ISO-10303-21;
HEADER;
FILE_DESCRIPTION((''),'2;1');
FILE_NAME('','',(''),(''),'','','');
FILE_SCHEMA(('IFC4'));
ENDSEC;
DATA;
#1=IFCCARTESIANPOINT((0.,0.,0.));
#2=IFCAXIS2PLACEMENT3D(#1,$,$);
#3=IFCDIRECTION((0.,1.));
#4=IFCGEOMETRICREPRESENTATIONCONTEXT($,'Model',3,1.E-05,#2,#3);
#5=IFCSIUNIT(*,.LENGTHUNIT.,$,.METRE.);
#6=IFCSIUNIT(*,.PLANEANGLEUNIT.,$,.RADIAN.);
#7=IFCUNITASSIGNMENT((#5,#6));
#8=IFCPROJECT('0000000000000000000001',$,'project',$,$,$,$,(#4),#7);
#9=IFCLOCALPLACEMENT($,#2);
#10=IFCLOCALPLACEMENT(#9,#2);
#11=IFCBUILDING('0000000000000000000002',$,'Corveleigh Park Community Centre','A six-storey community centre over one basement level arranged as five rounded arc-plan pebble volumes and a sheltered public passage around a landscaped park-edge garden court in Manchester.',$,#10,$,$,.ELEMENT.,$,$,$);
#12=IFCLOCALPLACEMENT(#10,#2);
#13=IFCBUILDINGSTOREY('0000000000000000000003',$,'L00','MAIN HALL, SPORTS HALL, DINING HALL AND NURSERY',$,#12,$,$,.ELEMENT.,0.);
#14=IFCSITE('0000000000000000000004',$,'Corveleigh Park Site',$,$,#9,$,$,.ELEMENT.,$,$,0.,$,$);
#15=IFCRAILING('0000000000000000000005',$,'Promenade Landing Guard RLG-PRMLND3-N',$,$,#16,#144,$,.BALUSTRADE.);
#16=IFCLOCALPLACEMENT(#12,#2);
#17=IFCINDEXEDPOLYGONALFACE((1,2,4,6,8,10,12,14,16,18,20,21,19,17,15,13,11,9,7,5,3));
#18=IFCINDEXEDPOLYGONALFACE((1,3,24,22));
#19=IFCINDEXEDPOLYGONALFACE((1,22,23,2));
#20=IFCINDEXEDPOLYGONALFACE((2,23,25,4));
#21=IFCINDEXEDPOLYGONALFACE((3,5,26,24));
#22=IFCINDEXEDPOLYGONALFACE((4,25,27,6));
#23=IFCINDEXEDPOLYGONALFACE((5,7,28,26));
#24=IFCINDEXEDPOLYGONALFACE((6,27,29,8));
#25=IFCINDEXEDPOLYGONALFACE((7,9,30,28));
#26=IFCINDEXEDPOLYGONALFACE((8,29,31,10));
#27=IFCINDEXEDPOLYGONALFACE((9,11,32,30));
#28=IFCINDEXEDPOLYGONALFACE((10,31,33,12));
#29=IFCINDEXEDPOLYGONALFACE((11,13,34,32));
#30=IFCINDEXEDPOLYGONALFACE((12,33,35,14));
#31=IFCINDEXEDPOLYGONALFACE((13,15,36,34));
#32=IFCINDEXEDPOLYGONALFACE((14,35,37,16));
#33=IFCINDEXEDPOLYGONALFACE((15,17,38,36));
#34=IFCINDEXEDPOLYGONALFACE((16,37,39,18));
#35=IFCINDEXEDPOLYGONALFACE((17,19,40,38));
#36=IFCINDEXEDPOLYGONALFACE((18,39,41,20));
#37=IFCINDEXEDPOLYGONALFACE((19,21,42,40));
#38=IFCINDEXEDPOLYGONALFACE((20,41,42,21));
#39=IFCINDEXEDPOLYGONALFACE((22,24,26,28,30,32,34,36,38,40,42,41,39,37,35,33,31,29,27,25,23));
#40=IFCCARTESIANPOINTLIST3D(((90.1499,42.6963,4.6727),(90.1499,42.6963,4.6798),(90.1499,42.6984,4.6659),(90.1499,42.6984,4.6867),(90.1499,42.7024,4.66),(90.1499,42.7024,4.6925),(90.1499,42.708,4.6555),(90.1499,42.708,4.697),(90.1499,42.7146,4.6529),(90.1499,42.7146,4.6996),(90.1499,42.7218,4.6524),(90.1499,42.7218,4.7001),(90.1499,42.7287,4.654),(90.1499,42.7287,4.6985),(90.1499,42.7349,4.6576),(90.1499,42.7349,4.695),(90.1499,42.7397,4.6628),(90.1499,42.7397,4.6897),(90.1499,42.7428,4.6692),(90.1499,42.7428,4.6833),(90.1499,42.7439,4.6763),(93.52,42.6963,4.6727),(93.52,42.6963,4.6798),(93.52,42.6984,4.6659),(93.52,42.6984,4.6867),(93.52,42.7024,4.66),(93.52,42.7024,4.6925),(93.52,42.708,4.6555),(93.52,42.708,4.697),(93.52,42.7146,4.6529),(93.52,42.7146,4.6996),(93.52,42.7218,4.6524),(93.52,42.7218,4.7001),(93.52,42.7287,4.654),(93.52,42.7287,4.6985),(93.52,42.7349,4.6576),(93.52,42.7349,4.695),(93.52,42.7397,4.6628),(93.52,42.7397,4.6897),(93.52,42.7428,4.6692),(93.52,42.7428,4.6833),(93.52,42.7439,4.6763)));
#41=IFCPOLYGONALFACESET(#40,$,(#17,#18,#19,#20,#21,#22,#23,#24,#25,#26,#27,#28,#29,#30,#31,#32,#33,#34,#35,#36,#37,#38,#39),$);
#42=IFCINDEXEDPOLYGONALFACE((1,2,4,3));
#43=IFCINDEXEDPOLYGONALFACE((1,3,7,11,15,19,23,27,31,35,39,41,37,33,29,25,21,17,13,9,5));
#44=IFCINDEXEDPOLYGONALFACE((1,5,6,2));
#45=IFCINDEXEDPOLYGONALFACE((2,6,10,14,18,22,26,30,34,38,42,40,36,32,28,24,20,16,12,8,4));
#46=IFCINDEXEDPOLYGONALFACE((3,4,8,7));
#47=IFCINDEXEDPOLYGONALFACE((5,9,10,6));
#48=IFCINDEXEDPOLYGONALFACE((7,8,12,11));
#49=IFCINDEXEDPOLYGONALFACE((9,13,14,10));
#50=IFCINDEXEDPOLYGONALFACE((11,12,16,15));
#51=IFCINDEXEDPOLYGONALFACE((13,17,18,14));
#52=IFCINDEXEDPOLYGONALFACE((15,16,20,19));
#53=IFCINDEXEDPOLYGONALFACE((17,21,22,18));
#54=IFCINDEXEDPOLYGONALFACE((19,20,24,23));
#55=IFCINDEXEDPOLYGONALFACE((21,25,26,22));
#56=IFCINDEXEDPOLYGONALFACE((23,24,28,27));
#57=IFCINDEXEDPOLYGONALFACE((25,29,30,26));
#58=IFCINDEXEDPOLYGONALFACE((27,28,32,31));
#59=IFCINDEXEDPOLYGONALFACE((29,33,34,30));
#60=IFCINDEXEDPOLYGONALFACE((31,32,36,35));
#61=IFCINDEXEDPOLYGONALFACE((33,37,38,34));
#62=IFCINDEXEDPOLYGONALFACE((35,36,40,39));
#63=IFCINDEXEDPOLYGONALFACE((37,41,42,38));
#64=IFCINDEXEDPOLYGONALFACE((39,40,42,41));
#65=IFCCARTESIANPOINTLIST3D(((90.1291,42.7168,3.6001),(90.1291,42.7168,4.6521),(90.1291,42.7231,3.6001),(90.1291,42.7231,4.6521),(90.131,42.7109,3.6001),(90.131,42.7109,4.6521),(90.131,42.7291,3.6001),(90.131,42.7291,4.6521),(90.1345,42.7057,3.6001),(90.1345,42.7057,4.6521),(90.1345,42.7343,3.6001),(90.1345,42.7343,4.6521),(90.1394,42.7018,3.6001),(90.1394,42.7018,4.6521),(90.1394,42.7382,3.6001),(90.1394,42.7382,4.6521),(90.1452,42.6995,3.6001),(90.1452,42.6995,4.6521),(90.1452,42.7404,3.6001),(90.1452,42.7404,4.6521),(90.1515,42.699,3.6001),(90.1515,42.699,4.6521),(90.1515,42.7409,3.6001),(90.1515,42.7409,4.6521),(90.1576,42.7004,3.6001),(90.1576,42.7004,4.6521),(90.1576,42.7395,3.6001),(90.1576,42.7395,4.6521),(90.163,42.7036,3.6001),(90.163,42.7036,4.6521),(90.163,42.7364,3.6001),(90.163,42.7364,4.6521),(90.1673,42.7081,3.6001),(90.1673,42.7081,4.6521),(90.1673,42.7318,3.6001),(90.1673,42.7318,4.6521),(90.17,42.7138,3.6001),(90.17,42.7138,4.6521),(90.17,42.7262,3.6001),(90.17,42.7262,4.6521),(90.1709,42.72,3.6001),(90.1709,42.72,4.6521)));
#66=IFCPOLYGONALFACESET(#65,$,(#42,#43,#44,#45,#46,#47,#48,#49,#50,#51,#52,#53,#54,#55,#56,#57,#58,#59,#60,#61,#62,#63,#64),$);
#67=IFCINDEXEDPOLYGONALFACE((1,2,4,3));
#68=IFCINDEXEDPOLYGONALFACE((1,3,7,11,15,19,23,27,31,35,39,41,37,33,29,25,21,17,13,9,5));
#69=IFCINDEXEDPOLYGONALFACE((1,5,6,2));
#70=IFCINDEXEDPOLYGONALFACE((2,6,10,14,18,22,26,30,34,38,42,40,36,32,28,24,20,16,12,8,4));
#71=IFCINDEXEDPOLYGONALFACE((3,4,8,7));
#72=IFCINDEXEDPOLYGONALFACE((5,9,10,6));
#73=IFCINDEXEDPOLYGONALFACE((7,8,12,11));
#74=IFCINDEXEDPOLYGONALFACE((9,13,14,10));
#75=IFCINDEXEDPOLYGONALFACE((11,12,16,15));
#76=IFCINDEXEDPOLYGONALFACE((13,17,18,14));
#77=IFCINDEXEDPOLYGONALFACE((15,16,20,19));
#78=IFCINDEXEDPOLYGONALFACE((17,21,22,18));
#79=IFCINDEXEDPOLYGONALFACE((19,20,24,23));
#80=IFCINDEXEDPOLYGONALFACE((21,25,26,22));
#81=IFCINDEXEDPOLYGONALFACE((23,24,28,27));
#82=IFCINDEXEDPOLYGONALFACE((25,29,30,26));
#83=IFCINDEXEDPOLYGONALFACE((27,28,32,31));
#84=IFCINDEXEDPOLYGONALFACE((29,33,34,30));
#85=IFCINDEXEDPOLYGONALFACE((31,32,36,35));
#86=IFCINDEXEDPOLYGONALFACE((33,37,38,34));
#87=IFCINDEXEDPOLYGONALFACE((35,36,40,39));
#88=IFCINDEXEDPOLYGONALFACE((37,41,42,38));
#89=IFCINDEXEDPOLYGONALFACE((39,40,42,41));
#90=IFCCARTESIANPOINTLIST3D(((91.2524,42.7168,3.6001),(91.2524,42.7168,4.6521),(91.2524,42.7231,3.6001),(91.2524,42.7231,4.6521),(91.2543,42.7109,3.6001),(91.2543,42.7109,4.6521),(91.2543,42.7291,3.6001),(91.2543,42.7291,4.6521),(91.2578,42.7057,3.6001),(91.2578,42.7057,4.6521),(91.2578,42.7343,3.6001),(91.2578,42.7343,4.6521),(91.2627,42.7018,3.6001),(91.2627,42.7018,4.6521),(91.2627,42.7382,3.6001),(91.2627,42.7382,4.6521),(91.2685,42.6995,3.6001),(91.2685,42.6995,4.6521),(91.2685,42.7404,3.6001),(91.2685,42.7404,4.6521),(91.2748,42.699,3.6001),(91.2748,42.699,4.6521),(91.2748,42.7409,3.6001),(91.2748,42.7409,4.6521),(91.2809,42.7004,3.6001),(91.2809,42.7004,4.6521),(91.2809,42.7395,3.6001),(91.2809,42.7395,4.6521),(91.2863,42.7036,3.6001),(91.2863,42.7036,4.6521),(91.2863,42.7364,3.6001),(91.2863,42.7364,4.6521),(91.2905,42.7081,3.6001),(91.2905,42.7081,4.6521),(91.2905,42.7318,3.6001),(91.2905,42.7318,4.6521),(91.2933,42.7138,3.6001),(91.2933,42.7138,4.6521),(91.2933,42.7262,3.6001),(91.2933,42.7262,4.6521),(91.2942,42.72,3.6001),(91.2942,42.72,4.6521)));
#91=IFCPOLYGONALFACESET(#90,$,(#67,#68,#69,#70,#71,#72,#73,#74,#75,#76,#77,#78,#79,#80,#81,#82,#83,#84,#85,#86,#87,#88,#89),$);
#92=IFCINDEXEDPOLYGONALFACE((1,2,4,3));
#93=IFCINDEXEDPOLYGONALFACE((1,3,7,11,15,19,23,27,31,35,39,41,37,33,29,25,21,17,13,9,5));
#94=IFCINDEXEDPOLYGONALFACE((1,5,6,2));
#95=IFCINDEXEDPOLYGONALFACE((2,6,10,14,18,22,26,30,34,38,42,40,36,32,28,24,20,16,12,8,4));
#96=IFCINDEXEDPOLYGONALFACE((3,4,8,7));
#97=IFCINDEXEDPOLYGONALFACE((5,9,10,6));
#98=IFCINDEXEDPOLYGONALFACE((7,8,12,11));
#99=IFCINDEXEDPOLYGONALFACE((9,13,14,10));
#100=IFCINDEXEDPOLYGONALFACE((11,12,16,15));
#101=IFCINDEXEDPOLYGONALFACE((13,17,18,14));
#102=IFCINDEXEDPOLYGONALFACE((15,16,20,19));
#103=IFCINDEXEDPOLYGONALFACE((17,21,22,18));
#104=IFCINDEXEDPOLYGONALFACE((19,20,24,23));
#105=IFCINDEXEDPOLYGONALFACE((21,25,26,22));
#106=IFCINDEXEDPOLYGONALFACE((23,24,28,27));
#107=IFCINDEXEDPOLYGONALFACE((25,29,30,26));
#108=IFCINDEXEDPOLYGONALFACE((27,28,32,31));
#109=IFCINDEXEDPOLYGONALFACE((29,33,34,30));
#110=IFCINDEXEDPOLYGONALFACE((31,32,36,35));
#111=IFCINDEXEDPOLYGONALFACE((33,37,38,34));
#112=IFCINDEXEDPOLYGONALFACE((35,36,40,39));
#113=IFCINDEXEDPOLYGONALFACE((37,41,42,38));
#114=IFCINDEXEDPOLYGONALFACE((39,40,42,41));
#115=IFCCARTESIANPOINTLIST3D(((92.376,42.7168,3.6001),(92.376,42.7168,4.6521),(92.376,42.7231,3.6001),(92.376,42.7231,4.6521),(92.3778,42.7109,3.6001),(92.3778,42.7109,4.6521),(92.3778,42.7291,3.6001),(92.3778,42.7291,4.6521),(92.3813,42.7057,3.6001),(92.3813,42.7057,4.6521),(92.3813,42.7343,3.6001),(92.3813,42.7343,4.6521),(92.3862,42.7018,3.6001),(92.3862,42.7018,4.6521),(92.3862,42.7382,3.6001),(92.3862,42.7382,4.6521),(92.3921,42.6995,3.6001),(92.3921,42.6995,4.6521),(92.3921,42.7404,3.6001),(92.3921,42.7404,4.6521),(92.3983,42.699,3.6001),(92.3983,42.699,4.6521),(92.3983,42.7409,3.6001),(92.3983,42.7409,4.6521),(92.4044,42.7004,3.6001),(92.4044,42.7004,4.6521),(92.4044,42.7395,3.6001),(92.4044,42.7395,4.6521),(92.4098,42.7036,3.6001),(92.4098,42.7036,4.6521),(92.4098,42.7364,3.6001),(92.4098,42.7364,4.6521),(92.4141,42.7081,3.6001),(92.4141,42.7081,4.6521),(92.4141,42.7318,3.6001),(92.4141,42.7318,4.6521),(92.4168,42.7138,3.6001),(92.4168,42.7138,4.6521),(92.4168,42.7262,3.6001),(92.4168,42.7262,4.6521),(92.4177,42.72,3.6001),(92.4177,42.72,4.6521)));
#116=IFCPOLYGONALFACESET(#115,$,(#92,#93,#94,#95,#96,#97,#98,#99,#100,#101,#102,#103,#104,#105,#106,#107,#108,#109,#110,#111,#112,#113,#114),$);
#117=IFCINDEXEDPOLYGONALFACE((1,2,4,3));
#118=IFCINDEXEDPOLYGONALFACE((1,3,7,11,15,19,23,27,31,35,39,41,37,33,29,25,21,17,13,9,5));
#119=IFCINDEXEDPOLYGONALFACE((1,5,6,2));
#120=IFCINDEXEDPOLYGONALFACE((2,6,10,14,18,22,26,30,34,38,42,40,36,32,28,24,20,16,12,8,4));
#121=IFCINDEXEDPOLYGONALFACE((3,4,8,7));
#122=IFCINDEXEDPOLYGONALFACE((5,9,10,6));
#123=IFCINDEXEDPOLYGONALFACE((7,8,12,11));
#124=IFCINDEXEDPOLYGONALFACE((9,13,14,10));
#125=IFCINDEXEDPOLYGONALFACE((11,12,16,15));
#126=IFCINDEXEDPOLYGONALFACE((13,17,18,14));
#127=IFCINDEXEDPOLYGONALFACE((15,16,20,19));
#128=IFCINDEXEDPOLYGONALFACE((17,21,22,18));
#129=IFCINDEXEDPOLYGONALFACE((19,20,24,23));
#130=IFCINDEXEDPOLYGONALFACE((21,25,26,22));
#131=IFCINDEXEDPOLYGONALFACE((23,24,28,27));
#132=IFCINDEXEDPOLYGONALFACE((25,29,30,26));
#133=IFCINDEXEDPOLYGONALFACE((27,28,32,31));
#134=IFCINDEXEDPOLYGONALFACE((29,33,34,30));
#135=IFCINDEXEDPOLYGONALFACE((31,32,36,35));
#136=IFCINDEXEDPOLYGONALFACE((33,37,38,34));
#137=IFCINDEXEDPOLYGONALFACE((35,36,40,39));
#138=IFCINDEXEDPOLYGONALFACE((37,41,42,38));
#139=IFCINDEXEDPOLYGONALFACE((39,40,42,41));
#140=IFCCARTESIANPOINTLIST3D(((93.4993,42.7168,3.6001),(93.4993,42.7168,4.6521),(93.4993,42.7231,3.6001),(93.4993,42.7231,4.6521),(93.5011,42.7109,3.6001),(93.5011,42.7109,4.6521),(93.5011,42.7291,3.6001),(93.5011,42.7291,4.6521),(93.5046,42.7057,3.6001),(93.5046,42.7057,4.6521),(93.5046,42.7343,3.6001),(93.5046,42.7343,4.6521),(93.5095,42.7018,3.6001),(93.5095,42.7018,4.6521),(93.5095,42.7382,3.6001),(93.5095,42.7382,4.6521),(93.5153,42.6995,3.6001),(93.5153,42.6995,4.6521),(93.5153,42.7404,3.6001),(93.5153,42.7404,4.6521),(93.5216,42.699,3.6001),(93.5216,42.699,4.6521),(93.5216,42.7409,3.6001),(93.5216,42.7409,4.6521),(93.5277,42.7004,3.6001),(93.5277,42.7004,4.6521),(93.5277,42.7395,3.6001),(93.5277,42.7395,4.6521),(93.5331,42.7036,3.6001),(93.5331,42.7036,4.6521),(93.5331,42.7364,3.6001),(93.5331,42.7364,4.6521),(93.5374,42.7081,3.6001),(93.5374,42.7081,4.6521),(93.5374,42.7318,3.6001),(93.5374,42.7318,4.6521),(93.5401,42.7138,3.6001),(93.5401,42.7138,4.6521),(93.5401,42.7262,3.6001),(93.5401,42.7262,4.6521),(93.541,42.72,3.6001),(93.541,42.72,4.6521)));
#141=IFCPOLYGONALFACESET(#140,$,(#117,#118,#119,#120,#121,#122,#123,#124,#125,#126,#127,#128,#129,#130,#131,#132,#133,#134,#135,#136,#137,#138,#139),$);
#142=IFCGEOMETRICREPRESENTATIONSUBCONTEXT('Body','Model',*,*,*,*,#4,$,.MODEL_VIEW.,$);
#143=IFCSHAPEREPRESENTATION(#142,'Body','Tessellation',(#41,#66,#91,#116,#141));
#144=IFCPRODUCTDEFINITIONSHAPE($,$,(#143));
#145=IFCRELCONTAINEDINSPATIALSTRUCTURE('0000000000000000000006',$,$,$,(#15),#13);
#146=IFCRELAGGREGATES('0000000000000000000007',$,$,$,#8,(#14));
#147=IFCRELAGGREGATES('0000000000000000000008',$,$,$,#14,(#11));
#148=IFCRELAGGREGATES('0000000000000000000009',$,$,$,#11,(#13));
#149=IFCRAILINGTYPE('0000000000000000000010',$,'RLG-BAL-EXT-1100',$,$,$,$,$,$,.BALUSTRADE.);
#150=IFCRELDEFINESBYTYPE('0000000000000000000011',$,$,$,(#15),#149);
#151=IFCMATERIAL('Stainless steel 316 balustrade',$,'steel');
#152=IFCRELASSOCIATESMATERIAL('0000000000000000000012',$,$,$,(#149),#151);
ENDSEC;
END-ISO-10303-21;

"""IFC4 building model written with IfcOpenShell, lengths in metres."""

from ifc_helpers import new_model, si_unit, direction, frame, origin, origin_2d, place, context, subcontext, project, spatial, circle, extrude, material, type_object, element, save


model = new_model("IFC4")

# Units and contexts
model_context = context("Model", 3, precision=1e-05, world=origin(), true_north=direction((0.0, 1.0)))
body_context = subcontext(model_context, "Body", "Model", "MODEL_VIEW")
ifc_project = project(units=[si_unit("LENGTHUNIT", "METRE"), si_unit("PLANEANGLEUNIT", "RADIAN")], contexts=[model_context])

# Site, building, storey
site_placement = place(None, origin())
site = spatial("IfcSite", under=ifc_project, at=site_placement, Name="Corveleigh Park Site", CompositionType="ELEMENT", RefElevation=0.0)
building_placement = place(site_placement, origin())
building = spatial("IfcBuilding", under=site, at=building_placement, Name="Corveleigh Park Community Centre", Description="A six-storey community centre over one basement level arranged as five rounded arc-plan pebble volumes and a sheltered public passage around a landscaped park-edge garden court in Manchester.", CompositionType="ELEMENT")
storey_placement = place(building_placement, origin())
storey = spatial("IfcBuildingStorey", under=building, at=storey_placement, Name="L00", Description="MAIN HALL, SPORTS HALL, DINING HALL AND NURSERY", CompositionType="ELEMENT", Elevation=0.0)

# Railing
ifc_material_1 = material(Name="Stainless steel 316 balustrade", Category="steel")
railing_type = type_object("IfcRailingType", Name="RLG-BAL-EXT-1100", PredefinedType="BALUSTRADE", material=ifc_material_1)
railing_1_placement = place(storey_placement, frame((90.1499, 42.72, 3.6001)))
element("IfcRailing", 1, at=railing_1_placement, inside=storey, type_object=railing_type, Name="Promenade Landing Guard RLG-PRMLND3-N", PredefinedType="BALUSTRADE", context=body_context, shape_type="SweptSolid", body=[
    extrude(circle(Radius=0.0239, at=origin_2d()), frame((0.0, 0.0, 1.0762), z_axis=(1.0, 0.0, 0.0), x_axis=(0.0, 1.0, 0.0)), (0.0, 0.0, 1.0), 3.3701),
    extrude(circle(Radius=0.021, at=origin_2d()), origin(), (0.0, 0.0, 1.0), 1.052),
    extrude(circle(Radius=0.021, at=origin_2d()), frame((1.1233, 0.0, 0.0)), (0.0, 0.0, 1.0), 1.052),
    extrude(circle(Radius=0.021, at=origin_2d()), frame((2.2468, 0.0, 0.0)), (0.0, 0.0, 1.0), 1.052),
    extrude(circle(Radius=0.021, at=origin_2d()), frame((3.3701, 0.0, 0.0)), (0.0, 0.0, 1.0), 1.052),
])

save(model, "model.ifc")
